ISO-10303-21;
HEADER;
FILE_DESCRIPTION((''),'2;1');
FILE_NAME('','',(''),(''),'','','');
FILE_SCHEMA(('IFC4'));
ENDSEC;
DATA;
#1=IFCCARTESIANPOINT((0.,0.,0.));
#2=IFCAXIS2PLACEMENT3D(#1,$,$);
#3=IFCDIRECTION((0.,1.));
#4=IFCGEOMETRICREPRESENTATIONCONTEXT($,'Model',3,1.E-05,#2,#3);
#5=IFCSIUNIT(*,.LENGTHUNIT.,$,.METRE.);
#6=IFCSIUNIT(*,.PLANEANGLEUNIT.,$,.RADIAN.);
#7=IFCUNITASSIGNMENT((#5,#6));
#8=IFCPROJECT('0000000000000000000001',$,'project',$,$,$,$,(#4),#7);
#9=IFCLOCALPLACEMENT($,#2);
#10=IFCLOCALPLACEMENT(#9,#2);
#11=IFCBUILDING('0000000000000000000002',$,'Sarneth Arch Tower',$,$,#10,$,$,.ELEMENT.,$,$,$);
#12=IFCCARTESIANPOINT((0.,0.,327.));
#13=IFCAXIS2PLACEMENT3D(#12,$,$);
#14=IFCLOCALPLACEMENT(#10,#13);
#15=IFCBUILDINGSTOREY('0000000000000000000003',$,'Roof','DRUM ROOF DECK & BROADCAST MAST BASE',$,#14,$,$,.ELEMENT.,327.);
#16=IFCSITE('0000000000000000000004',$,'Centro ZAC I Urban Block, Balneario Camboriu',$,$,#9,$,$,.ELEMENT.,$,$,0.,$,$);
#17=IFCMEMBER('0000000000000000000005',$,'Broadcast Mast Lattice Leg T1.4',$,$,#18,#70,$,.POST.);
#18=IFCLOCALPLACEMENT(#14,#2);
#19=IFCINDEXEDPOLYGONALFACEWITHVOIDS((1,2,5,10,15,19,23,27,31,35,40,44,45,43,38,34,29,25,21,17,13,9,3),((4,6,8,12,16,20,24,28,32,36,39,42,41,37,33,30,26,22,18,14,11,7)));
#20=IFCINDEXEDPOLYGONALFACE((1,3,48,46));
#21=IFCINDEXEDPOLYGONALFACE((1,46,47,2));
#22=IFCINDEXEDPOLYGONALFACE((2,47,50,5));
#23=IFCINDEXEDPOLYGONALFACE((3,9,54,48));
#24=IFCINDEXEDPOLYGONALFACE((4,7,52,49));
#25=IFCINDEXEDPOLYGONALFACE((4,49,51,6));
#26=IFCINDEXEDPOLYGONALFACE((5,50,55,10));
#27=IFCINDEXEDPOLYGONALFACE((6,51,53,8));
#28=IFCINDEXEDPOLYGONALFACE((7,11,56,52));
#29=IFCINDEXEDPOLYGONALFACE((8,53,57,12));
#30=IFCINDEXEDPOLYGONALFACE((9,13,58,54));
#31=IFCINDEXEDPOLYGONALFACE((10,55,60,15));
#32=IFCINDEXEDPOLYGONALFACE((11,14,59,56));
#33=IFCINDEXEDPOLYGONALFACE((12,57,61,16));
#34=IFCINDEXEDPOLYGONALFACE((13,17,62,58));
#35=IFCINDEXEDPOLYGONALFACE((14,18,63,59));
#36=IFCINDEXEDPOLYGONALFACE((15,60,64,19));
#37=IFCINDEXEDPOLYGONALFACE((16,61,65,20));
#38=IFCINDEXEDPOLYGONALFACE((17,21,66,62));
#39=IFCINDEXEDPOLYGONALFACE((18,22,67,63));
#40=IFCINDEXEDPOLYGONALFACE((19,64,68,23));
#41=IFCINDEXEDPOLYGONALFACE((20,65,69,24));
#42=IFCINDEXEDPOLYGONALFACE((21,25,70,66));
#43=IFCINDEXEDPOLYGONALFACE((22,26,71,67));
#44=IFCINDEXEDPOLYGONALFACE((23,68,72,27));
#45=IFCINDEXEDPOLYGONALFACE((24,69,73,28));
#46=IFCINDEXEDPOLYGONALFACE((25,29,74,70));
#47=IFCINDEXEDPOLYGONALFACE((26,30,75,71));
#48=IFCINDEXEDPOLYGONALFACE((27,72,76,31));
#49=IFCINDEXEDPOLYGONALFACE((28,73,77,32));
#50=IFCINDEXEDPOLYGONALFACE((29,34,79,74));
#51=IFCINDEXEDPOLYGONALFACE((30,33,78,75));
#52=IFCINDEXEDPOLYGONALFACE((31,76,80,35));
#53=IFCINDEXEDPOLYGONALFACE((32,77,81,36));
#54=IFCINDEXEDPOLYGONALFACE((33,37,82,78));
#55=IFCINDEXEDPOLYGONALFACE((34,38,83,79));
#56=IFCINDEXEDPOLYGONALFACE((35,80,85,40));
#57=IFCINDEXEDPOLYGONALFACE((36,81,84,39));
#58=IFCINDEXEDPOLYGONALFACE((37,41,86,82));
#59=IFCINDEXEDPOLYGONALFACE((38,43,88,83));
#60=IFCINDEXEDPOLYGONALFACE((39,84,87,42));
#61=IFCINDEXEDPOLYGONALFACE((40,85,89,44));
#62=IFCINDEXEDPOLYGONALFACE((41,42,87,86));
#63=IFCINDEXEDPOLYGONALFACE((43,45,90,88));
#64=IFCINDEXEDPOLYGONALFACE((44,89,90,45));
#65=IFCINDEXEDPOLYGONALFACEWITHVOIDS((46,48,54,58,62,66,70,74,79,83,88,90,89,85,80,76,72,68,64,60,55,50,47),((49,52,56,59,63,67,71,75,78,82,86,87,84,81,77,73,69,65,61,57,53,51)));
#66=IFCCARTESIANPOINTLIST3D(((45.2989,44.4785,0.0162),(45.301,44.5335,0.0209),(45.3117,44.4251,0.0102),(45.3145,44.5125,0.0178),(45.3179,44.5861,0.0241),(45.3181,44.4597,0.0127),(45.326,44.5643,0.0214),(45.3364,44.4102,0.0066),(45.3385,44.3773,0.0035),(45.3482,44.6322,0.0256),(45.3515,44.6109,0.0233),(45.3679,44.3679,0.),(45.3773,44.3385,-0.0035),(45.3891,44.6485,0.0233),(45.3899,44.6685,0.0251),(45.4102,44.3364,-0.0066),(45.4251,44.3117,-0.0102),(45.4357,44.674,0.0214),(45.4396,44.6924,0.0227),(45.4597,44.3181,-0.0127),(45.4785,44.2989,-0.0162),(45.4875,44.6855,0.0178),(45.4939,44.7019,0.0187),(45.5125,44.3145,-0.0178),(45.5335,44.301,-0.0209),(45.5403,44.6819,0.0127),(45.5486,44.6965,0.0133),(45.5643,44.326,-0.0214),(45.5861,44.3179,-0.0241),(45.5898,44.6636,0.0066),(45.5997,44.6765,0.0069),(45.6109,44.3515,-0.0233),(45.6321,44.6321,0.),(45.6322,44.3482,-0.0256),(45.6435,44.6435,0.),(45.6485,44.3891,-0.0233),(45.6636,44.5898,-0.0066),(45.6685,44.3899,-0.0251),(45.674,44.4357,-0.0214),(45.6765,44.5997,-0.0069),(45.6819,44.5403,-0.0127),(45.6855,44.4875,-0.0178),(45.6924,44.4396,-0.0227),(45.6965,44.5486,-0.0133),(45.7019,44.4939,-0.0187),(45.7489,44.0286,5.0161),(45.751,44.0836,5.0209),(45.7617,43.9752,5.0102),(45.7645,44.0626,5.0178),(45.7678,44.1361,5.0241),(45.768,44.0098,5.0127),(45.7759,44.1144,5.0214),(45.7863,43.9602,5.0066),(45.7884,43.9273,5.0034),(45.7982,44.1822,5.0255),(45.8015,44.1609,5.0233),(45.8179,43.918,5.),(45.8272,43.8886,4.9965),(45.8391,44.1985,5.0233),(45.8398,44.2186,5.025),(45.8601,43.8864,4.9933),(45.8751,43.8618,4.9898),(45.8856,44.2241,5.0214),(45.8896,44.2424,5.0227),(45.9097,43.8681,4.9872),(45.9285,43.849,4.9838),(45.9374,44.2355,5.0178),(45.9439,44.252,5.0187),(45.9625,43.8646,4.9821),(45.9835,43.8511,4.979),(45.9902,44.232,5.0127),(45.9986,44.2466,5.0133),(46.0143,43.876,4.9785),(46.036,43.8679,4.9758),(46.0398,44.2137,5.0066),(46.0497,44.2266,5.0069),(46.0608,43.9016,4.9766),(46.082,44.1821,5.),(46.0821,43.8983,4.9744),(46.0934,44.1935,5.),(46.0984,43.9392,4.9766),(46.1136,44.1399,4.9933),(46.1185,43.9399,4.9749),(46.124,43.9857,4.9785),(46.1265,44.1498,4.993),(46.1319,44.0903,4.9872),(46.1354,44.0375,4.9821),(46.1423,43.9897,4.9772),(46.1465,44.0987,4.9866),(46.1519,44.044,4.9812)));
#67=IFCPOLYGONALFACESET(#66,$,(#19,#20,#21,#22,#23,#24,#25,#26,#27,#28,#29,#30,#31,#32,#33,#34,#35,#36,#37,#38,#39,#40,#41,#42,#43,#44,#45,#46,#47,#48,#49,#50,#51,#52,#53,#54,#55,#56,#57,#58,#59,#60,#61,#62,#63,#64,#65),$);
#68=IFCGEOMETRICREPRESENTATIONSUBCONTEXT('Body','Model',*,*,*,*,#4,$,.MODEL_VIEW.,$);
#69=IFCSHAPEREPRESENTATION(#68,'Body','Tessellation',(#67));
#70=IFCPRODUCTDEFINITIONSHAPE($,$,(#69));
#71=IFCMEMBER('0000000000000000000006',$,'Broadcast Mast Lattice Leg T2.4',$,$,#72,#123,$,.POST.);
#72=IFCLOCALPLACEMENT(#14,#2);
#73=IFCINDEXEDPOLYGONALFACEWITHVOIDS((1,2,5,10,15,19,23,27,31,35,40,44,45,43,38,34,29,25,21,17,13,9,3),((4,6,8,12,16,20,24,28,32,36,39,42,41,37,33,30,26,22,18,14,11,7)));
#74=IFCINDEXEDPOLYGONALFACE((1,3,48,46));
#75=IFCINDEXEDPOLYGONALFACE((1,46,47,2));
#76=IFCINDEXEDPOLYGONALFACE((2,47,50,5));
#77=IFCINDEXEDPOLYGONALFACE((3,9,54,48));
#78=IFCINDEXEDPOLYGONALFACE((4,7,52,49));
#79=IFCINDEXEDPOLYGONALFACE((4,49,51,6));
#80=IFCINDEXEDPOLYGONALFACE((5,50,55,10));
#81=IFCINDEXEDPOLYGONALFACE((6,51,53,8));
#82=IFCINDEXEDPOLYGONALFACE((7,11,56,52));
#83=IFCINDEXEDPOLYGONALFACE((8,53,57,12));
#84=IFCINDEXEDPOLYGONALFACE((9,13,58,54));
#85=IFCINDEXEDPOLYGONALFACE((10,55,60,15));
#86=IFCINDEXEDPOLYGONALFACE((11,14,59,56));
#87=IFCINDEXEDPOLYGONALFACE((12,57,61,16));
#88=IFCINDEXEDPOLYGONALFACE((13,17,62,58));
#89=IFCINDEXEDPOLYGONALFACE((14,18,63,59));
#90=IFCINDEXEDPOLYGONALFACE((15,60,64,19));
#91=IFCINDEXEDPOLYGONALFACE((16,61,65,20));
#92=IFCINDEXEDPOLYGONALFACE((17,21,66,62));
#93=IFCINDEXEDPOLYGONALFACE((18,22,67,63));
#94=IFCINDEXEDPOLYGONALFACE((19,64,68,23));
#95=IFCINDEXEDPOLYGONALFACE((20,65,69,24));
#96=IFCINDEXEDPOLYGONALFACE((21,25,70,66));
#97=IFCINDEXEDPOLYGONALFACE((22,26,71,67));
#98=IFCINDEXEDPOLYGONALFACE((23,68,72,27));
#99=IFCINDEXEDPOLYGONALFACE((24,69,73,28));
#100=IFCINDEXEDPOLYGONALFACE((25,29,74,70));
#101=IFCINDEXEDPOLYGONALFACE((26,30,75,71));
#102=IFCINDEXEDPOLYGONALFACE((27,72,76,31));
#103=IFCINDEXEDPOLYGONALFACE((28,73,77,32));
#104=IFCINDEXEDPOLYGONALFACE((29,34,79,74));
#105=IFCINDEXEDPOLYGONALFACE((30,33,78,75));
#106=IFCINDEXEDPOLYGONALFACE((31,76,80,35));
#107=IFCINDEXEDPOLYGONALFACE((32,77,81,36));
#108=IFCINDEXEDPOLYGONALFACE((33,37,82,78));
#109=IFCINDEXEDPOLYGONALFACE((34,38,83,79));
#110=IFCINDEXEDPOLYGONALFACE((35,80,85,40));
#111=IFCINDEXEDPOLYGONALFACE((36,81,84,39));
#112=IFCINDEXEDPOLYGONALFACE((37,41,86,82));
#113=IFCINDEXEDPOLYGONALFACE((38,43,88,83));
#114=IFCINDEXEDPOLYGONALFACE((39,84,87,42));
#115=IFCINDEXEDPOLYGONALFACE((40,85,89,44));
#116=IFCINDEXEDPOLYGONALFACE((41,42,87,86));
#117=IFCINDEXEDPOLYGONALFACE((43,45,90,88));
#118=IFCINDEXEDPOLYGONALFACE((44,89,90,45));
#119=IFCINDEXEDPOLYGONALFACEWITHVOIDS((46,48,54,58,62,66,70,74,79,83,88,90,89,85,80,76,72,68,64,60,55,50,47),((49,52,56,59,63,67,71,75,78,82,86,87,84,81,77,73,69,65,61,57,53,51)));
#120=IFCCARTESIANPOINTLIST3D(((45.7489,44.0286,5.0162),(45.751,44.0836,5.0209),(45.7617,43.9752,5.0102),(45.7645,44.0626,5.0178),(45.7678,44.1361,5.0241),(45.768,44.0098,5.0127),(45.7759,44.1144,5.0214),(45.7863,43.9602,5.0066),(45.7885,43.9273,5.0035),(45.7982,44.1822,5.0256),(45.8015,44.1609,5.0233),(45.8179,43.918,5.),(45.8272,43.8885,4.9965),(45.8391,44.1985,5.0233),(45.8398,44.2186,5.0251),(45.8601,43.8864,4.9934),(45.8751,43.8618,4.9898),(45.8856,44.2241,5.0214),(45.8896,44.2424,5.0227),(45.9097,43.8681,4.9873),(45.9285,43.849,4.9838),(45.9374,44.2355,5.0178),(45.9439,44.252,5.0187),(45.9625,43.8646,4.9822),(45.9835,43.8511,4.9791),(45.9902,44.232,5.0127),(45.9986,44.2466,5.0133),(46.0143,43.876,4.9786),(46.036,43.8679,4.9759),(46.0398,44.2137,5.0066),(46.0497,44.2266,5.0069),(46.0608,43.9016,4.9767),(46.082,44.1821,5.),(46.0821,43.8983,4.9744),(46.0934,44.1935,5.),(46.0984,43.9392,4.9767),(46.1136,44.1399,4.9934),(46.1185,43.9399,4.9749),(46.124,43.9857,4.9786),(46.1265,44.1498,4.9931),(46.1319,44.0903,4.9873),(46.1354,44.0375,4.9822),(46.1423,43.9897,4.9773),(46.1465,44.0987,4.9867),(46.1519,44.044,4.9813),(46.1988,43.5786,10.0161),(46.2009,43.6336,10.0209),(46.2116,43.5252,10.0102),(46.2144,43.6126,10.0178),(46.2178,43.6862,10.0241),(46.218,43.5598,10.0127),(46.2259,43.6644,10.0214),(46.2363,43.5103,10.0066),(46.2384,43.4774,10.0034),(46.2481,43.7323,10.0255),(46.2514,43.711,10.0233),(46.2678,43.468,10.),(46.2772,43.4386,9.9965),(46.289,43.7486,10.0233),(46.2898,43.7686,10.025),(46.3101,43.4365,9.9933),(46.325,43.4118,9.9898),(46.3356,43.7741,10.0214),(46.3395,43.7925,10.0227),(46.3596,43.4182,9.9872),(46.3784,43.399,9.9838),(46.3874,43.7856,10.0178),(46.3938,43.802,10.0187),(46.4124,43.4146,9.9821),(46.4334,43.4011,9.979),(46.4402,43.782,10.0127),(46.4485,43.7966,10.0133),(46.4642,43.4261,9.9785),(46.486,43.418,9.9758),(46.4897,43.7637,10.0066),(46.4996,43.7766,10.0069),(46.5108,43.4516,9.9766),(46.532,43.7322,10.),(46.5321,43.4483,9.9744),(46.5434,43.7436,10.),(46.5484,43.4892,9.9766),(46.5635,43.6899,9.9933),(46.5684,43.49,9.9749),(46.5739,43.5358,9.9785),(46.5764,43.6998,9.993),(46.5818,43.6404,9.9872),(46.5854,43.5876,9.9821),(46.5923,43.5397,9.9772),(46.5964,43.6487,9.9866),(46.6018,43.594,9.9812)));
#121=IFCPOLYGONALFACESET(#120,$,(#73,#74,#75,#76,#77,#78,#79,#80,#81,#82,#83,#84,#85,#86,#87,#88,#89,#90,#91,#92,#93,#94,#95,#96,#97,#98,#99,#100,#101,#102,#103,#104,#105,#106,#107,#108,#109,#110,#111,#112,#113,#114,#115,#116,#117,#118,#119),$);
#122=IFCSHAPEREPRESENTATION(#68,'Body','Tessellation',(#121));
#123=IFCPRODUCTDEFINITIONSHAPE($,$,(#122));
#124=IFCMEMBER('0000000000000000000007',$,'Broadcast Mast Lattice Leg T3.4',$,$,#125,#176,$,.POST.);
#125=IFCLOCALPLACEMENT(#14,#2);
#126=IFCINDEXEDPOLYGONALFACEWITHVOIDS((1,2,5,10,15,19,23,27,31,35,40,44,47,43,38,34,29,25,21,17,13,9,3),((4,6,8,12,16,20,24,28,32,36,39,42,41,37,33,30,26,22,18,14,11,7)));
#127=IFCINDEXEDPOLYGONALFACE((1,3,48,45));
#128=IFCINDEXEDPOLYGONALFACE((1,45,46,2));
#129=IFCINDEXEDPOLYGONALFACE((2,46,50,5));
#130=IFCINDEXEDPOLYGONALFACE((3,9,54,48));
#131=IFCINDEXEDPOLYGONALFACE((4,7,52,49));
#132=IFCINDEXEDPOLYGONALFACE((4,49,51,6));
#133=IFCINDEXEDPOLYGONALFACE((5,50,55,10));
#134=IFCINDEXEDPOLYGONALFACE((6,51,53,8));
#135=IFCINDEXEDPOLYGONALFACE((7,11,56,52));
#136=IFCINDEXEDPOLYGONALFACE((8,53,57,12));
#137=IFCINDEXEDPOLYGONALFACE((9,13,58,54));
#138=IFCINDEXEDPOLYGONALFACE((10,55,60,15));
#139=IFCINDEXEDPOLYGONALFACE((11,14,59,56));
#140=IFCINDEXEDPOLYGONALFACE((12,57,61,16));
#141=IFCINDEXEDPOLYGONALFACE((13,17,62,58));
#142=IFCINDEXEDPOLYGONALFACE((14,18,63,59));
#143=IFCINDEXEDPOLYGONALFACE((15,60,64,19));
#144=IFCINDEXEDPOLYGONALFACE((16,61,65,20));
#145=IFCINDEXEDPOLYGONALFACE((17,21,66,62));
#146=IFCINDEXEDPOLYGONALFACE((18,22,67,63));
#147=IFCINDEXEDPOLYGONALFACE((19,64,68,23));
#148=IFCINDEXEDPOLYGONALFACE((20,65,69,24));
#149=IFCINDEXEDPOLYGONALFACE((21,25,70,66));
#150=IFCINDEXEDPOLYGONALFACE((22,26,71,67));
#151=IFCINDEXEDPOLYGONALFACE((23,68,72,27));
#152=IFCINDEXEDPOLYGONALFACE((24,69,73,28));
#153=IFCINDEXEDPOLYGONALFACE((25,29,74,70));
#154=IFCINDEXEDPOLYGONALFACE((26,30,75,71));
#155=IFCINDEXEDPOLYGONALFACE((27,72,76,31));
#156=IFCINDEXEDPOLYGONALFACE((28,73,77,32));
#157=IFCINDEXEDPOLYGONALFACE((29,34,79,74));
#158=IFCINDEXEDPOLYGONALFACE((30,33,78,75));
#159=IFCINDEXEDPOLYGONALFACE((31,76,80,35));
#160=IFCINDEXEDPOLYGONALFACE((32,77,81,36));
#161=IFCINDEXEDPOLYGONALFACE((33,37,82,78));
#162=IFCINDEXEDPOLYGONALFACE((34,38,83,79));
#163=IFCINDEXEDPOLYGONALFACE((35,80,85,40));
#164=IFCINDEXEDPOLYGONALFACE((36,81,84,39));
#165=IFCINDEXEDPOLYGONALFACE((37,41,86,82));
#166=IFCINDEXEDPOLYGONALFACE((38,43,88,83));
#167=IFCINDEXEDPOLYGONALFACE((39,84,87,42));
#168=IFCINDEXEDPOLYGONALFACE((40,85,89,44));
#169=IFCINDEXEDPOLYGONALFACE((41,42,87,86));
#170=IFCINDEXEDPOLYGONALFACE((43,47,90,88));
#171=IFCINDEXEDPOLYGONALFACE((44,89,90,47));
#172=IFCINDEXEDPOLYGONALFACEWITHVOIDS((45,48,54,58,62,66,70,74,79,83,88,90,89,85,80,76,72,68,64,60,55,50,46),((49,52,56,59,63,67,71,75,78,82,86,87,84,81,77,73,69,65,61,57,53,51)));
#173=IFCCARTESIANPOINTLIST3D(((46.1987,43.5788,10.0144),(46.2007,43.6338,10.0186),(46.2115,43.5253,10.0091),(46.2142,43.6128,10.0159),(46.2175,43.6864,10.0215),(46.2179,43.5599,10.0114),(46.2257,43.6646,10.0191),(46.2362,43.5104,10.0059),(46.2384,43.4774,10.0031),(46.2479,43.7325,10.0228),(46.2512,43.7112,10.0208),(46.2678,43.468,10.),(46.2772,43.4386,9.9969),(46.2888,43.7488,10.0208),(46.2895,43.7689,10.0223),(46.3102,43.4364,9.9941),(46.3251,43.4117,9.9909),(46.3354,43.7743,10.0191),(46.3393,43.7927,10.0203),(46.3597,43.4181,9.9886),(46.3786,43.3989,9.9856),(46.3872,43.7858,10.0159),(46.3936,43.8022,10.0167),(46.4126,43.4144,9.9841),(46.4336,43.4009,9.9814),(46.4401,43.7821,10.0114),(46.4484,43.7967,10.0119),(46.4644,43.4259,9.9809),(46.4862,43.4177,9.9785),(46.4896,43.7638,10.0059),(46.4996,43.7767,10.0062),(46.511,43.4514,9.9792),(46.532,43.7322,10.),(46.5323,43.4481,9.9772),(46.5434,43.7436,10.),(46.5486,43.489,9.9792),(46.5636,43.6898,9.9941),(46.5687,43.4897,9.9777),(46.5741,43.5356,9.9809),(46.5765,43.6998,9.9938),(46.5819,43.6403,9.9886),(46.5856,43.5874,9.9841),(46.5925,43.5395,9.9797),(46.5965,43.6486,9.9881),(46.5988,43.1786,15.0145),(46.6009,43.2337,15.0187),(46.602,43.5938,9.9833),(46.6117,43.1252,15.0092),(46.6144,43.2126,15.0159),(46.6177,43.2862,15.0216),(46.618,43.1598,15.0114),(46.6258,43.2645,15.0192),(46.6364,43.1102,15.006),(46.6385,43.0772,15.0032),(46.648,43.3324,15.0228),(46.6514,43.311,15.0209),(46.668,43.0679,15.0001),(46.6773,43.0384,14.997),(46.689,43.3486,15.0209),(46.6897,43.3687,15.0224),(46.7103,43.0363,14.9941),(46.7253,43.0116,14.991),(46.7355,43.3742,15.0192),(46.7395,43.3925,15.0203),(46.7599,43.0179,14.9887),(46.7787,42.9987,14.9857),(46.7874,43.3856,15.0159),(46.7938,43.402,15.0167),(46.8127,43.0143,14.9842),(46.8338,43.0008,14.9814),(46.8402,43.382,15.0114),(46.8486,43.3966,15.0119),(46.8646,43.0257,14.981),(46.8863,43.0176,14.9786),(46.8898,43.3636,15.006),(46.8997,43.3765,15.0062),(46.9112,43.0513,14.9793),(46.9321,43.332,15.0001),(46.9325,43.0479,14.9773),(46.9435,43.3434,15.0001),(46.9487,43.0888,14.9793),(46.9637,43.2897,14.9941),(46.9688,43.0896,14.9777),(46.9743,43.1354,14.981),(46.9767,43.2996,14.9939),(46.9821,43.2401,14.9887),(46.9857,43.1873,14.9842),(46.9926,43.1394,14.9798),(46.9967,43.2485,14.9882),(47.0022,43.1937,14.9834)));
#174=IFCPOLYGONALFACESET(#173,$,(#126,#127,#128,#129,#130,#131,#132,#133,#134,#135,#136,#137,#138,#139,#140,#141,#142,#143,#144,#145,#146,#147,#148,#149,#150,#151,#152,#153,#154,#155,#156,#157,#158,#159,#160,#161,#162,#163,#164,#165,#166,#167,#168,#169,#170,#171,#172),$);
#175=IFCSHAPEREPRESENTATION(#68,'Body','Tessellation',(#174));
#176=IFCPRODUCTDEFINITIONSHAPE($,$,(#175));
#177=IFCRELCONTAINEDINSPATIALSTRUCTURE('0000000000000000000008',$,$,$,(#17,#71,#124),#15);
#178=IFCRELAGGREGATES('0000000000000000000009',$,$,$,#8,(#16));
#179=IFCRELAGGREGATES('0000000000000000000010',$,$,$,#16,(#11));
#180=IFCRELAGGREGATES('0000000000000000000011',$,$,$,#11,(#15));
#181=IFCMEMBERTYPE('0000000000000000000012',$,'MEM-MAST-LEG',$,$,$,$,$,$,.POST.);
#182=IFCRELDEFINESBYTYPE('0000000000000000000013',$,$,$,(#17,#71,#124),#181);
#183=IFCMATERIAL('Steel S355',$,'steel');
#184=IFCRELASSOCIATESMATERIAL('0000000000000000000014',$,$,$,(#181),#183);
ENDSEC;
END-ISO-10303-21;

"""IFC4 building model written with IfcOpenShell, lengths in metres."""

from ifc_helpers import new_model, si_unit, direction, frame, origin, origin_2d, place, context, subcontext, project, spatial, hollow_circle, extrude, material, material_profile, profile_set, type_object, element, save


model = new_model("IFC4")

# Units and contexts
model_context = context("Model", 3, precision=1e-05, world=origin(), true_north=direction((0.0, 1.0)))
body_context = subcontext(model_context, "Body", "Model", "MODEL_VIEW")
ifc_project = project(units=[si_unit("LENGTHUNIT", "METRE"), si_unit("PLANEANGLEUNIT", "RADIAN")], contexts=[model_context])

# Site, building, storey
site_placement = place(None, origin())
site = spatial("IfcSite", under=ifc_project, at=site_placement, Name="Centro ZAC I Urban Block, Balneario Camboriu", CompositionType="ELEMENT", RefElevation=0.0)
building_placement = place(site_placement, origin())
building = spatial("IfcBuilding", under=site, at=building_placement, Name="Sarneth Arch Tower", CompositionType="ELEMENT")
storey_placement = place(building_placement, frame((0.0, 0.0, 327.0)))
storey = spatial("IfcBuildingStorey", under=building, at=storey_placement, Name="Roof", Description="DRUM ROOF DECK & BROADCAST MAST BASE", CompositionType="ELEMENT", Elevation=327.0)

# Members
ifc_material_1 = material(Name="Steel S355", Category="steel")
ifc_material_profile_1 = material_profile(ifc_material_1, hollow_circle(Radius=0.2029, WallThickness=0.0161, at=origin_2d()), Name="CHS406x16")
ifc_profile_set_1 = profile_set([ifc_material_profile_1], Name="Steel S355")
member_type_1 = type_object("IfcMemberType", Name="MEM-MAST-LEG", PredefinedType="POST", material=ifc_profile_set_1)
for number, where, z_axis, x_axis, name in (
    (1, (45.5, 44.5, 0.0), (0.08927, -0.08927, 0.991999), (0.707107, 0.707107, 0.0), "Broadcast Mast Lattice Leg T1.4"),
    (2, (45.95, 44.05, 5.0), (0.08927, -0.08927, 0.991999), (0.707107, 0.707107, 0.0), "Broadcast Mast Lattice Leg T2.4"),
):
    element("IfcMember", number, at=place(storey_placement, frame(where, z_axis=z_axis, x_axis=x_axis)), inside=storey, type_object=member_type_1, Name=name, PredefinedType="POST", context=body_context, shape_type="SweptSolid", body=[
        extrude(hollow_circle(Radius=0.2029, WallThickness=0.0161, at=origin_2d()), origin(), (0.0, 0.0, 1.0), 5.0403),
    ])
member_1_placement = place(storey_placement, frame((46.3999, 43.6001, 10.0), z_axis=(0.079522, -0.079522, 0.993656), x_axis=(0.707107, 0.707107, 0.0)))
element("IfcMember", 3, at=member_1_placement, inside=storey, type_object=member_type_1, Name="Broadcast Mast Lattice Leg T3.4", PredefinedType="POST", context=body_context, shape_type="SweptSolid", body=[
    extrude(hollow_circle(Radius=0.2029, WallThickness=0.0161, at=origin_2d()), origin(), (0.0, 0.0, 1.0), 5.032),
])

save(model, "model.ifc")
